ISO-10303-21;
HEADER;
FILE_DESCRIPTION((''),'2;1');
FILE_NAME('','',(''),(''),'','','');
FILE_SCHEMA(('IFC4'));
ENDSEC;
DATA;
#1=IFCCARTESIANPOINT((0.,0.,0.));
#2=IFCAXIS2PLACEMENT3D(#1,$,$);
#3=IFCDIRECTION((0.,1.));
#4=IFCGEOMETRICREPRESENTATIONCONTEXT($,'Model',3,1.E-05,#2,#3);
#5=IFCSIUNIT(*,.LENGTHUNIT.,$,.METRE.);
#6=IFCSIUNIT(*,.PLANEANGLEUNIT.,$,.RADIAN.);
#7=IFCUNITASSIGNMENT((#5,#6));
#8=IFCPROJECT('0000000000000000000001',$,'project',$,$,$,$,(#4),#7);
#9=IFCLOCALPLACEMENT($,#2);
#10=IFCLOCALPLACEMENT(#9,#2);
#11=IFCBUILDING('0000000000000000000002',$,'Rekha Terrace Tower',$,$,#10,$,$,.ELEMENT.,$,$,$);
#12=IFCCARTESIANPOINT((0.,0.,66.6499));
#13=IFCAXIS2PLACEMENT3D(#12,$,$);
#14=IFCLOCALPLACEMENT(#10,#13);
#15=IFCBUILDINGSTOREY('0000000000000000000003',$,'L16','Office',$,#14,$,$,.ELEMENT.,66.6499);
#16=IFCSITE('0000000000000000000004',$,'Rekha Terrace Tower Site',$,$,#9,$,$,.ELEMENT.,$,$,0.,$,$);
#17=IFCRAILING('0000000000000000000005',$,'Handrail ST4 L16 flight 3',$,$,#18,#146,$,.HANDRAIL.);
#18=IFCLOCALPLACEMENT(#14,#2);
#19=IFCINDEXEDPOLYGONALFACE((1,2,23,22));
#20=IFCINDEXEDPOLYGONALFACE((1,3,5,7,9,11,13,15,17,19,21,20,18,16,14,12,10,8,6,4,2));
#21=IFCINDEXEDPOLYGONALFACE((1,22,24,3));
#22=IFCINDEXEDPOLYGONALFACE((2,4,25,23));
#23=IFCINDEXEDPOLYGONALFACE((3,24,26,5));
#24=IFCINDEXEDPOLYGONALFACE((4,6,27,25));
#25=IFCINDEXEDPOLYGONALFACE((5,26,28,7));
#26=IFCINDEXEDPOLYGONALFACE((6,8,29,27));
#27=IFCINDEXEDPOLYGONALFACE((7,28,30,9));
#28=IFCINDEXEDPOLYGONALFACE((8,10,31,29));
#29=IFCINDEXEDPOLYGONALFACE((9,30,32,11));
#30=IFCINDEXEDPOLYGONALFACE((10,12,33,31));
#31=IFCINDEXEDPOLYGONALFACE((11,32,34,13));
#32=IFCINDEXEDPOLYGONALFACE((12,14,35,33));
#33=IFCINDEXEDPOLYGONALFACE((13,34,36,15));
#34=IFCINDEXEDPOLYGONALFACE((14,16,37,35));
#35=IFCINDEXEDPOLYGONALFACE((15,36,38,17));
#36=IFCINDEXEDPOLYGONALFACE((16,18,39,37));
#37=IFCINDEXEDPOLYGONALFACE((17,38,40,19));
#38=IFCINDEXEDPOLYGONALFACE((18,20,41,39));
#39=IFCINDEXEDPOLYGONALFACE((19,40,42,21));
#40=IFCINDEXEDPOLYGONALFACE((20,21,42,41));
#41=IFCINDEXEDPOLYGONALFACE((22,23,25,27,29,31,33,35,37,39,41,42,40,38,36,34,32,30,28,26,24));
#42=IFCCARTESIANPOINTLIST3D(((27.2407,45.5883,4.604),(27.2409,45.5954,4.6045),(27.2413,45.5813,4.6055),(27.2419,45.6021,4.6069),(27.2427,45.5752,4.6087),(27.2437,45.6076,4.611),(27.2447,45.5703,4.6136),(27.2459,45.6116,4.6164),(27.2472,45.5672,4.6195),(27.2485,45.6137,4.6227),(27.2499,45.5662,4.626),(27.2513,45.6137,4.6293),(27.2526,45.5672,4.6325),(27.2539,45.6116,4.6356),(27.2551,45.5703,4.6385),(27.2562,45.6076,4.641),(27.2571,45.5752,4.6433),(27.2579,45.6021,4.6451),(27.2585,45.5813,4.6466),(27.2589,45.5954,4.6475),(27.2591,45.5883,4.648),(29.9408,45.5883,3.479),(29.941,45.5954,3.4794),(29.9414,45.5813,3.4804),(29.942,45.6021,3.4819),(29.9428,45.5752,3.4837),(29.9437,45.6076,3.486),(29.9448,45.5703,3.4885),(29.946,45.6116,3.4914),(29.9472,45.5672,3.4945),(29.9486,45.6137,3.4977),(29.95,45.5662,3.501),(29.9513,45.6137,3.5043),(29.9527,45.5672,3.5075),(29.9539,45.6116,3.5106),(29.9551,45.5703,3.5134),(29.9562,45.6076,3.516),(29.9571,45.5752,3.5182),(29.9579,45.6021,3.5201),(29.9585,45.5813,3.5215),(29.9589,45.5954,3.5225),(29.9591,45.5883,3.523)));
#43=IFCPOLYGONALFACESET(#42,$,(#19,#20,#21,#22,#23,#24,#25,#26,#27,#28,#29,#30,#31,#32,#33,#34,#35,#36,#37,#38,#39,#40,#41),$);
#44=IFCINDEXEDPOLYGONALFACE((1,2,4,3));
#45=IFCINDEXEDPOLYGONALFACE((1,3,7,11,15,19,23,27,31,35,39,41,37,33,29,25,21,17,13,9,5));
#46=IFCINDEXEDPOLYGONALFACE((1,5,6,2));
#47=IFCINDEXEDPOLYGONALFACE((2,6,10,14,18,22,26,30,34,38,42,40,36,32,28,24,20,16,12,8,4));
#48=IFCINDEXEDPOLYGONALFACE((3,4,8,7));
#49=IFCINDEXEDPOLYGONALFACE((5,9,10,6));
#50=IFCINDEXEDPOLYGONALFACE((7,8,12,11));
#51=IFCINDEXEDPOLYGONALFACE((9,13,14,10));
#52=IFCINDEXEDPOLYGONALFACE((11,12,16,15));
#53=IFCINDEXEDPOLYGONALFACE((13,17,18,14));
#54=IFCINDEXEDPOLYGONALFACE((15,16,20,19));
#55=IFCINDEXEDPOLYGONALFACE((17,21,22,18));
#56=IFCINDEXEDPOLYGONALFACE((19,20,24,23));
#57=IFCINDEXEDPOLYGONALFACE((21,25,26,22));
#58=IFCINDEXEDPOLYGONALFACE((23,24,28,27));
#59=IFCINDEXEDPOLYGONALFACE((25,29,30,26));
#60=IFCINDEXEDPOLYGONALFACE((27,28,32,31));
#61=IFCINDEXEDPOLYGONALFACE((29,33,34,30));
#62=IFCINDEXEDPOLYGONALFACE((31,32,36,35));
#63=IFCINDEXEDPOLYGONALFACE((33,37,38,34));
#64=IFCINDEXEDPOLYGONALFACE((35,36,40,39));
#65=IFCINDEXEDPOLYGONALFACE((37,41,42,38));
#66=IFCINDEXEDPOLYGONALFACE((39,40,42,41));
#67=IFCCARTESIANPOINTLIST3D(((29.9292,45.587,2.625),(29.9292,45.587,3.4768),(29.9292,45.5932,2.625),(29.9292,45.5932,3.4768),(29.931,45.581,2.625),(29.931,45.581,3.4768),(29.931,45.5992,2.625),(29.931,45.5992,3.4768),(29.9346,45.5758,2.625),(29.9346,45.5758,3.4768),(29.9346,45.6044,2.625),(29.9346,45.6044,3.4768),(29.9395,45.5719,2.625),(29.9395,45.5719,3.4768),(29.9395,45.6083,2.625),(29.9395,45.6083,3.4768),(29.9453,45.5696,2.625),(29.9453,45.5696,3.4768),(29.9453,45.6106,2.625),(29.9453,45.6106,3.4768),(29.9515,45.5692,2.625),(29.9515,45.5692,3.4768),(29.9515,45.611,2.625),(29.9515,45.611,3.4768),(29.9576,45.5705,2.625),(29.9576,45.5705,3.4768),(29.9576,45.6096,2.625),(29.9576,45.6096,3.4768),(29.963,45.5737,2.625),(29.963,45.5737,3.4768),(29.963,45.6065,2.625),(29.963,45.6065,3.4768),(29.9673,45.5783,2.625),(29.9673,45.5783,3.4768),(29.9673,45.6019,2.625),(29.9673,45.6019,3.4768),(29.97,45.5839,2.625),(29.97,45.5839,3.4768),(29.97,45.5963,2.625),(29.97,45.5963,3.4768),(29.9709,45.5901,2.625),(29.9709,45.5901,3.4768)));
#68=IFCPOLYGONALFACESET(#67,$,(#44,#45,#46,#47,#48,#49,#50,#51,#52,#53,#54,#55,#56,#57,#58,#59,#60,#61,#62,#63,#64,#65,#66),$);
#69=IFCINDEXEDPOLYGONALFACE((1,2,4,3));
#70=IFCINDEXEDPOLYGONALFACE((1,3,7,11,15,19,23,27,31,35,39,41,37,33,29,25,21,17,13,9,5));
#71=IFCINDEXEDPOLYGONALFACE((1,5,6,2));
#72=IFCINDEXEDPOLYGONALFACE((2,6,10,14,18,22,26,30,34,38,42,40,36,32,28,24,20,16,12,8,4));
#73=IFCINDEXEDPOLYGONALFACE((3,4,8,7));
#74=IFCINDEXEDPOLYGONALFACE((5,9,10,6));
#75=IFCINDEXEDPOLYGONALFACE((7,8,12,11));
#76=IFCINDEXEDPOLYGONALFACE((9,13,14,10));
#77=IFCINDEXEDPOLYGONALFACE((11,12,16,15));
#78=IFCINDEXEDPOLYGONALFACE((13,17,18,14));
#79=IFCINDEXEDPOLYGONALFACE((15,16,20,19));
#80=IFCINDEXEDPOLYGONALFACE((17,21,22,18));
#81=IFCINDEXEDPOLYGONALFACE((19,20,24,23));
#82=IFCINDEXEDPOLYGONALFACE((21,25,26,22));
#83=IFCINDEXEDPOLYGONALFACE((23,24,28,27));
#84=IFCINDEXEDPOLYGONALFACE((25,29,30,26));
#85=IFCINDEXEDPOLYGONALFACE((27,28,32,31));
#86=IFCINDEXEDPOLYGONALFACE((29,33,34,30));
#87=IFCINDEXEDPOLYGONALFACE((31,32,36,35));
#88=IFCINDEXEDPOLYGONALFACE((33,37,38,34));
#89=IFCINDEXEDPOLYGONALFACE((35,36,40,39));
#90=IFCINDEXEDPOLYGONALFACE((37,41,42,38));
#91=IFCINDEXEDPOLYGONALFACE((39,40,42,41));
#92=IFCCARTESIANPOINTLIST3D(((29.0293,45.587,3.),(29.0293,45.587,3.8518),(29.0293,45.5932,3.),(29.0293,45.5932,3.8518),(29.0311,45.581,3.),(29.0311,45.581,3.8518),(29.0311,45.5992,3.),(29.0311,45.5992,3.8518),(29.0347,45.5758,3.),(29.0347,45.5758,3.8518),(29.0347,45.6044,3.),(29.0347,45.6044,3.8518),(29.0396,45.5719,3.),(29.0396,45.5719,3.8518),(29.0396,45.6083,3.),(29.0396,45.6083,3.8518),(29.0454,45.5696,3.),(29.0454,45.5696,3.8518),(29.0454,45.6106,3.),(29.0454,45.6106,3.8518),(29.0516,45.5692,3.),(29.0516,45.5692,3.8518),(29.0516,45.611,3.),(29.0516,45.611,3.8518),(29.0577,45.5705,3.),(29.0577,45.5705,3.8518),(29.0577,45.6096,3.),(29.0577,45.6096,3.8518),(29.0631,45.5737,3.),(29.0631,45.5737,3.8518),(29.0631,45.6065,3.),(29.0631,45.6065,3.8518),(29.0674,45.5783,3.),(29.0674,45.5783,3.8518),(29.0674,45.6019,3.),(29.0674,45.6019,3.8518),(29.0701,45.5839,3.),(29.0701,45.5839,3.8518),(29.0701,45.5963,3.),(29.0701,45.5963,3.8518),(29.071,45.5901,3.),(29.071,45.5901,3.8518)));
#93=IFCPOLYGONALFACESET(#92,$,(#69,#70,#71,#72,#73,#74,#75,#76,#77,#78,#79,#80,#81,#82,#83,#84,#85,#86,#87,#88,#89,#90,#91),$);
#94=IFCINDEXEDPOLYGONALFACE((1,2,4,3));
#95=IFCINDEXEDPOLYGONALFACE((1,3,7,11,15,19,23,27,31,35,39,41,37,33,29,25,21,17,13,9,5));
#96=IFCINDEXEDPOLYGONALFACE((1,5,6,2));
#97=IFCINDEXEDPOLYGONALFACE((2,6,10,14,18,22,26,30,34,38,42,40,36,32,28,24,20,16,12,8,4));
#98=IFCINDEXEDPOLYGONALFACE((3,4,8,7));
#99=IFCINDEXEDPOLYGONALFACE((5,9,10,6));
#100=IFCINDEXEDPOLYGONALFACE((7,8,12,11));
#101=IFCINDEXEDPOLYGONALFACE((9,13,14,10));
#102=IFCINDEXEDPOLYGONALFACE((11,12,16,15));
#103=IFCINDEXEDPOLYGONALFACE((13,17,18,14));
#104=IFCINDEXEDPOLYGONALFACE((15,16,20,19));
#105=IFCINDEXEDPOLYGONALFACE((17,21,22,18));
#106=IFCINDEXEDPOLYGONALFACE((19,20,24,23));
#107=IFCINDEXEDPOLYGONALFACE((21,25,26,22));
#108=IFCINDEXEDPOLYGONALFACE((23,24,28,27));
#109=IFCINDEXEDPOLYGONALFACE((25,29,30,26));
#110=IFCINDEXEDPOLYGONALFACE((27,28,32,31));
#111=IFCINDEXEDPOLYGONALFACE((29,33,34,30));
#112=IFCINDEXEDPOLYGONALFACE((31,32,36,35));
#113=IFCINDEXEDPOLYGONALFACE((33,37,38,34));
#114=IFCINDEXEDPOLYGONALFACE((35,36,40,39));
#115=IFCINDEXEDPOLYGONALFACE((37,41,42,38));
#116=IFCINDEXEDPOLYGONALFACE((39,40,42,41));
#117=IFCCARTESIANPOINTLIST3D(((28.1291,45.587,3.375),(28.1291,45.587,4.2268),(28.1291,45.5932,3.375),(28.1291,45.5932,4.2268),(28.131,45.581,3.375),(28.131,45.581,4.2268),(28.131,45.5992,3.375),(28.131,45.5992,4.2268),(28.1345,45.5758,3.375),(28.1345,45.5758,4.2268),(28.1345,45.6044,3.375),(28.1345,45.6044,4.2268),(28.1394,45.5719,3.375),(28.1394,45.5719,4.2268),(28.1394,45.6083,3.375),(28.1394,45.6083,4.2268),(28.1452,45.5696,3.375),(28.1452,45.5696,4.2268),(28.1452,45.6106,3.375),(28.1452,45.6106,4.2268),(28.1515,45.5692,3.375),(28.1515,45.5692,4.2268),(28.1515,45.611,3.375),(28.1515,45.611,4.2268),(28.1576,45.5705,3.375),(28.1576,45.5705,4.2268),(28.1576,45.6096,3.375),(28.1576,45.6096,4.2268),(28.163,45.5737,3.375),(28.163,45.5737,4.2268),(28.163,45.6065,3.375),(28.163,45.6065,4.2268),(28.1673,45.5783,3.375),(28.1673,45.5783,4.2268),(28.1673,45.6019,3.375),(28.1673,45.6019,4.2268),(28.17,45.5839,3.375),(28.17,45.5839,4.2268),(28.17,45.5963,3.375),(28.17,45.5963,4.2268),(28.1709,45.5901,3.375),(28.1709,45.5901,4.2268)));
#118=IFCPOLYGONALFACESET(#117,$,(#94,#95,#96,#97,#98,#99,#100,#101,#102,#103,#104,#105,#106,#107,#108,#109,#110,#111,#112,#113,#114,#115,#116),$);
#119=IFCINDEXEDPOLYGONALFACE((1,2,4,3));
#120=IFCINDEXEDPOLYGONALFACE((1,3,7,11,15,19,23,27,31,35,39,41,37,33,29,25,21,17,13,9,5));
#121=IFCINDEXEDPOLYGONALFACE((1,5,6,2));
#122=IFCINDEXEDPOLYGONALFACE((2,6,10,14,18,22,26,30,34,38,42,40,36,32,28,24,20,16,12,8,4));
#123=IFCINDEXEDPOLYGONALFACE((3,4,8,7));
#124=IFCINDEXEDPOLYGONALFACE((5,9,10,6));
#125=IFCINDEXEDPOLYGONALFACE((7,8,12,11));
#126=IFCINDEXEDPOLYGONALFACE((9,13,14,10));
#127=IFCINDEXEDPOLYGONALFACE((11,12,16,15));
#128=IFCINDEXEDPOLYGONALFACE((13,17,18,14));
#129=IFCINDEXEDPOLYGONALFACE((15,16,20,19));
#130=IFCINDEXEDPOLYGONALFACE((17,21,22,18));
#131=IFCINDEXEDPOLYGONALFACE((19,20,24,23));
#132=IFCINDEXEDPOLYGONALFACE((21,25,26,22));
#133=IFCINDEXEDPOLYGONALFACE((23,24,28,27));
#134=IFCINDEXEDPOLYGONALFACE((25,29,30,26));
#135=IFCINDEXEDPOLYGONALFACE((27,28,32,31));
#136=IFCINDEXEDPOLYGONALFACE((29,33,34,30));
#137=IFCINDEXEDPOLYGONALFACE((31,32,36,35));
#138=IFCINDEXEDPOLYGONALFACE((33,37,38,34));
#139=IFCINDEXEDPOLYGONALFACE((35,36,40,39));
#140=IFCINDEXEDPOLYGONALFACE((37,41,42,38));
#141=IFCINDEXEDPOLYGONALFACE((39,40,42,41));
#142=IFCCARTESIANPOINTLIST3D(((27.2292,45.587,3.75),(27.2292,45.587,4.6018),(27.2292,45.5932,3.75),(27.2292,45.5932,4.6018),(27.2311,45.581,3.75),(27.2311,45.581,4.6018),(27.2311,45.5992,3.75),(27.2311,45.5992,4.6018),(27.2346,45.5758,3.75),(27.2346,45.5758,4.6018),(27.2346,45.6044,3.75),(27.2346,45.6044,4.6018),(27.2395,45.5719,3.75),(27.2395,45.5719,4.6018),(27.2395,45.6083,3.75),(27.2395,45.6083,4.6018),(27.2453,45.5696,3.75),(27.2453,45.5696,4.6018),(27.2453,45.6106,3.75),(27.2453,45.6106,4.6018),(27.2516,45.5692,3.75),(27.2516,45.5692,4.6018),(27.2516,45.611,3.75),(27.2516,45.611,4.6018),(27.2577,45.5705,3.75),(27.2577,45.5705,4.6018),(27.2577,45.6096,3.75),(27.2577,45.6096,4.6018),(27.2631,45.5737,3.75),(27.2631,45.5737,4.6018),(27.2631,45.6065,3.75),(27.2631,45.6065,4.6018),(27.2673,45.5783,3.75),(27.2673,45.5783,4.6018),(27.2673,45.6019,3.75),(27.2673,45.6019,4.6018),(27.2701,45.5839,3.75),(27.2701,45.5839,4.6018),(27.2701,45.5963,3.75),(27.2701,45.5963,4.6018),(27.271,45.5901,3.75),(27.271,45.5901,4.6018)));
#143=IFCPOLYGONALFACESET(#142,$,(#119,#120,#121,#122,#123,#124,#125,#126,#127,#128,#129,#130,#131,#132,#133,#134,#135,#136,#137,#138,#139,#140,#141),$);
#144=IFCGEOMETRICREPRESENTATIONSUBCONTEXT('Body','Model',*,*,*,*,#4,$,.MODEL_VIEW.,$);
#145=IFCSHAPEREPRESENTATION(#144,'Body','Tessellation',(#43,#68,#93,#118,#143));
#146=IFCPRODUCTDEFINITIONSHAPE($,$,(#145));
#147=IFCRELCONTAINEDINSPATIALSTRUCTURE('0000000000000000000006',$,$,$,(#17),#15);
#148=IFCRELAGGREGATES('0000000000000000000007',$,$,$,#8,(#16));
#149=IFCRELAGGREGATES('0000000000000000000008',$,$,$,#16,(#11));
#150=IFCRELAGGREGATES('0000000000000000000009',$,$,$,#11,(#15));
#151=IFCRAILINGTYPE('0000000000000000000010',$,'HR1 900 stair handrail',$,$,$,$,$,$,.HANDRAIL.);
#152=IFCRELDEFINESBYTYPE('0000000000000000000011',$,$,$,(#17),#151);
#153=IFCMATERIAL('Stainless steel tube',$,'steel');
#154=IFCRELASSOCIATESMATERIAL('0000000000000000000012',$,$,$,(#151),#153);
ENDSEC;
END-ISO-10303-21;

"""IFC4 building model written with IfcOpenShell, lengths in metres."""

from ifc_helpers import new_model, si_unit, direction, frame, origin, origin_2d, place, context, subcontext, project, spatial, circle, extrude, material, type_object, element, save


model = new_model("IFC4")

# Units and contexts
model_context = context("Model", 3, precision=1e-05, world=origin(), true_north=direction((0.0, 1.0)))
body_context = subcontext(model_context, "Body", "Model", "MODEL_VIEW")
ifc_project = project(units=[si_unit("LENGTHUNIT", "METRE"), si_unit("PLANEANGLEUNIT", "RADIAN")], contexts=[model_context])

# Site, building, storey
site_placement = place(None, origin())
site = spatial("IfcSite", under=ifc_project, at=site_placement, Name="Rekha Terrace Tower Site", CompositionType="ELEMENT", RefElevation=0.0)
building_placement = place(site_placement, origin())
building = spatial("IfcBuilding", under=site, at=building_placement, Name="Rekha Terrace Tower", CompositionType="ELEMENT")
storey_placement = place(building_placement, frame((0.0, 0.0, 66.6499)))
storey = spatial("IfcBuildingStorey", under=building, at=storey_placement, Name="L16", Description="Office", CompositionType="ELEMENT", Elevation=66.6499)

# Railing
ifc_material_1 = material(Name="Stainless steel tube", Category="steel")
railing_type_1 = type_object("IfcRailingType", Name="HR1 900 stair handrail", PredefinedType="HANDRAIL", material=ifc_material_1)
railing_1_placement = place(storey_placement, frame((29.95, 45.5901, 2.625)))
element("IfcRailing", 1, at=railing_1_placement, inside=storey, type_object=railing_type_1, Name="Handrail ST4 L16 flight 3", PredefinedType="HANDRAIL", context=body_context, shape_type="SweptSolid", body=[
    extrude(circle(Radius=0.0239, at=origin_2d()), frame((0.0, 0.0, 0.876), z_axis=(-0.923074, 0.0, 0.384621), x_axis=(0.0, -1.0, 0.0)), (0.0, 0.0, 1.0), 2.925),
    extrude(circle(Radius=0.021, at=origin_2d()), origin(), (0.0, 0.0, 1.0), 0.8518),
    extrude(circle(Radius=0.021, at=origin_2d()), frame((-0.8999, 0.0, 0.375)), (0.0, 0.0, 1.0), 0.8518),
    extrude(circle(Radius=0.021, at=origin_2d()), frame((-1.8, 0.0, 0.75)), (0.0, 0.0, 1.0), 0.8518),
    extrude(circle(Radius=0.021, at=origin_2d()), frame((-2.7, 0.0, 1.125)), (0.0, 0.0, 1.0), 0.8518),
])

save(model, "model.ifc")
